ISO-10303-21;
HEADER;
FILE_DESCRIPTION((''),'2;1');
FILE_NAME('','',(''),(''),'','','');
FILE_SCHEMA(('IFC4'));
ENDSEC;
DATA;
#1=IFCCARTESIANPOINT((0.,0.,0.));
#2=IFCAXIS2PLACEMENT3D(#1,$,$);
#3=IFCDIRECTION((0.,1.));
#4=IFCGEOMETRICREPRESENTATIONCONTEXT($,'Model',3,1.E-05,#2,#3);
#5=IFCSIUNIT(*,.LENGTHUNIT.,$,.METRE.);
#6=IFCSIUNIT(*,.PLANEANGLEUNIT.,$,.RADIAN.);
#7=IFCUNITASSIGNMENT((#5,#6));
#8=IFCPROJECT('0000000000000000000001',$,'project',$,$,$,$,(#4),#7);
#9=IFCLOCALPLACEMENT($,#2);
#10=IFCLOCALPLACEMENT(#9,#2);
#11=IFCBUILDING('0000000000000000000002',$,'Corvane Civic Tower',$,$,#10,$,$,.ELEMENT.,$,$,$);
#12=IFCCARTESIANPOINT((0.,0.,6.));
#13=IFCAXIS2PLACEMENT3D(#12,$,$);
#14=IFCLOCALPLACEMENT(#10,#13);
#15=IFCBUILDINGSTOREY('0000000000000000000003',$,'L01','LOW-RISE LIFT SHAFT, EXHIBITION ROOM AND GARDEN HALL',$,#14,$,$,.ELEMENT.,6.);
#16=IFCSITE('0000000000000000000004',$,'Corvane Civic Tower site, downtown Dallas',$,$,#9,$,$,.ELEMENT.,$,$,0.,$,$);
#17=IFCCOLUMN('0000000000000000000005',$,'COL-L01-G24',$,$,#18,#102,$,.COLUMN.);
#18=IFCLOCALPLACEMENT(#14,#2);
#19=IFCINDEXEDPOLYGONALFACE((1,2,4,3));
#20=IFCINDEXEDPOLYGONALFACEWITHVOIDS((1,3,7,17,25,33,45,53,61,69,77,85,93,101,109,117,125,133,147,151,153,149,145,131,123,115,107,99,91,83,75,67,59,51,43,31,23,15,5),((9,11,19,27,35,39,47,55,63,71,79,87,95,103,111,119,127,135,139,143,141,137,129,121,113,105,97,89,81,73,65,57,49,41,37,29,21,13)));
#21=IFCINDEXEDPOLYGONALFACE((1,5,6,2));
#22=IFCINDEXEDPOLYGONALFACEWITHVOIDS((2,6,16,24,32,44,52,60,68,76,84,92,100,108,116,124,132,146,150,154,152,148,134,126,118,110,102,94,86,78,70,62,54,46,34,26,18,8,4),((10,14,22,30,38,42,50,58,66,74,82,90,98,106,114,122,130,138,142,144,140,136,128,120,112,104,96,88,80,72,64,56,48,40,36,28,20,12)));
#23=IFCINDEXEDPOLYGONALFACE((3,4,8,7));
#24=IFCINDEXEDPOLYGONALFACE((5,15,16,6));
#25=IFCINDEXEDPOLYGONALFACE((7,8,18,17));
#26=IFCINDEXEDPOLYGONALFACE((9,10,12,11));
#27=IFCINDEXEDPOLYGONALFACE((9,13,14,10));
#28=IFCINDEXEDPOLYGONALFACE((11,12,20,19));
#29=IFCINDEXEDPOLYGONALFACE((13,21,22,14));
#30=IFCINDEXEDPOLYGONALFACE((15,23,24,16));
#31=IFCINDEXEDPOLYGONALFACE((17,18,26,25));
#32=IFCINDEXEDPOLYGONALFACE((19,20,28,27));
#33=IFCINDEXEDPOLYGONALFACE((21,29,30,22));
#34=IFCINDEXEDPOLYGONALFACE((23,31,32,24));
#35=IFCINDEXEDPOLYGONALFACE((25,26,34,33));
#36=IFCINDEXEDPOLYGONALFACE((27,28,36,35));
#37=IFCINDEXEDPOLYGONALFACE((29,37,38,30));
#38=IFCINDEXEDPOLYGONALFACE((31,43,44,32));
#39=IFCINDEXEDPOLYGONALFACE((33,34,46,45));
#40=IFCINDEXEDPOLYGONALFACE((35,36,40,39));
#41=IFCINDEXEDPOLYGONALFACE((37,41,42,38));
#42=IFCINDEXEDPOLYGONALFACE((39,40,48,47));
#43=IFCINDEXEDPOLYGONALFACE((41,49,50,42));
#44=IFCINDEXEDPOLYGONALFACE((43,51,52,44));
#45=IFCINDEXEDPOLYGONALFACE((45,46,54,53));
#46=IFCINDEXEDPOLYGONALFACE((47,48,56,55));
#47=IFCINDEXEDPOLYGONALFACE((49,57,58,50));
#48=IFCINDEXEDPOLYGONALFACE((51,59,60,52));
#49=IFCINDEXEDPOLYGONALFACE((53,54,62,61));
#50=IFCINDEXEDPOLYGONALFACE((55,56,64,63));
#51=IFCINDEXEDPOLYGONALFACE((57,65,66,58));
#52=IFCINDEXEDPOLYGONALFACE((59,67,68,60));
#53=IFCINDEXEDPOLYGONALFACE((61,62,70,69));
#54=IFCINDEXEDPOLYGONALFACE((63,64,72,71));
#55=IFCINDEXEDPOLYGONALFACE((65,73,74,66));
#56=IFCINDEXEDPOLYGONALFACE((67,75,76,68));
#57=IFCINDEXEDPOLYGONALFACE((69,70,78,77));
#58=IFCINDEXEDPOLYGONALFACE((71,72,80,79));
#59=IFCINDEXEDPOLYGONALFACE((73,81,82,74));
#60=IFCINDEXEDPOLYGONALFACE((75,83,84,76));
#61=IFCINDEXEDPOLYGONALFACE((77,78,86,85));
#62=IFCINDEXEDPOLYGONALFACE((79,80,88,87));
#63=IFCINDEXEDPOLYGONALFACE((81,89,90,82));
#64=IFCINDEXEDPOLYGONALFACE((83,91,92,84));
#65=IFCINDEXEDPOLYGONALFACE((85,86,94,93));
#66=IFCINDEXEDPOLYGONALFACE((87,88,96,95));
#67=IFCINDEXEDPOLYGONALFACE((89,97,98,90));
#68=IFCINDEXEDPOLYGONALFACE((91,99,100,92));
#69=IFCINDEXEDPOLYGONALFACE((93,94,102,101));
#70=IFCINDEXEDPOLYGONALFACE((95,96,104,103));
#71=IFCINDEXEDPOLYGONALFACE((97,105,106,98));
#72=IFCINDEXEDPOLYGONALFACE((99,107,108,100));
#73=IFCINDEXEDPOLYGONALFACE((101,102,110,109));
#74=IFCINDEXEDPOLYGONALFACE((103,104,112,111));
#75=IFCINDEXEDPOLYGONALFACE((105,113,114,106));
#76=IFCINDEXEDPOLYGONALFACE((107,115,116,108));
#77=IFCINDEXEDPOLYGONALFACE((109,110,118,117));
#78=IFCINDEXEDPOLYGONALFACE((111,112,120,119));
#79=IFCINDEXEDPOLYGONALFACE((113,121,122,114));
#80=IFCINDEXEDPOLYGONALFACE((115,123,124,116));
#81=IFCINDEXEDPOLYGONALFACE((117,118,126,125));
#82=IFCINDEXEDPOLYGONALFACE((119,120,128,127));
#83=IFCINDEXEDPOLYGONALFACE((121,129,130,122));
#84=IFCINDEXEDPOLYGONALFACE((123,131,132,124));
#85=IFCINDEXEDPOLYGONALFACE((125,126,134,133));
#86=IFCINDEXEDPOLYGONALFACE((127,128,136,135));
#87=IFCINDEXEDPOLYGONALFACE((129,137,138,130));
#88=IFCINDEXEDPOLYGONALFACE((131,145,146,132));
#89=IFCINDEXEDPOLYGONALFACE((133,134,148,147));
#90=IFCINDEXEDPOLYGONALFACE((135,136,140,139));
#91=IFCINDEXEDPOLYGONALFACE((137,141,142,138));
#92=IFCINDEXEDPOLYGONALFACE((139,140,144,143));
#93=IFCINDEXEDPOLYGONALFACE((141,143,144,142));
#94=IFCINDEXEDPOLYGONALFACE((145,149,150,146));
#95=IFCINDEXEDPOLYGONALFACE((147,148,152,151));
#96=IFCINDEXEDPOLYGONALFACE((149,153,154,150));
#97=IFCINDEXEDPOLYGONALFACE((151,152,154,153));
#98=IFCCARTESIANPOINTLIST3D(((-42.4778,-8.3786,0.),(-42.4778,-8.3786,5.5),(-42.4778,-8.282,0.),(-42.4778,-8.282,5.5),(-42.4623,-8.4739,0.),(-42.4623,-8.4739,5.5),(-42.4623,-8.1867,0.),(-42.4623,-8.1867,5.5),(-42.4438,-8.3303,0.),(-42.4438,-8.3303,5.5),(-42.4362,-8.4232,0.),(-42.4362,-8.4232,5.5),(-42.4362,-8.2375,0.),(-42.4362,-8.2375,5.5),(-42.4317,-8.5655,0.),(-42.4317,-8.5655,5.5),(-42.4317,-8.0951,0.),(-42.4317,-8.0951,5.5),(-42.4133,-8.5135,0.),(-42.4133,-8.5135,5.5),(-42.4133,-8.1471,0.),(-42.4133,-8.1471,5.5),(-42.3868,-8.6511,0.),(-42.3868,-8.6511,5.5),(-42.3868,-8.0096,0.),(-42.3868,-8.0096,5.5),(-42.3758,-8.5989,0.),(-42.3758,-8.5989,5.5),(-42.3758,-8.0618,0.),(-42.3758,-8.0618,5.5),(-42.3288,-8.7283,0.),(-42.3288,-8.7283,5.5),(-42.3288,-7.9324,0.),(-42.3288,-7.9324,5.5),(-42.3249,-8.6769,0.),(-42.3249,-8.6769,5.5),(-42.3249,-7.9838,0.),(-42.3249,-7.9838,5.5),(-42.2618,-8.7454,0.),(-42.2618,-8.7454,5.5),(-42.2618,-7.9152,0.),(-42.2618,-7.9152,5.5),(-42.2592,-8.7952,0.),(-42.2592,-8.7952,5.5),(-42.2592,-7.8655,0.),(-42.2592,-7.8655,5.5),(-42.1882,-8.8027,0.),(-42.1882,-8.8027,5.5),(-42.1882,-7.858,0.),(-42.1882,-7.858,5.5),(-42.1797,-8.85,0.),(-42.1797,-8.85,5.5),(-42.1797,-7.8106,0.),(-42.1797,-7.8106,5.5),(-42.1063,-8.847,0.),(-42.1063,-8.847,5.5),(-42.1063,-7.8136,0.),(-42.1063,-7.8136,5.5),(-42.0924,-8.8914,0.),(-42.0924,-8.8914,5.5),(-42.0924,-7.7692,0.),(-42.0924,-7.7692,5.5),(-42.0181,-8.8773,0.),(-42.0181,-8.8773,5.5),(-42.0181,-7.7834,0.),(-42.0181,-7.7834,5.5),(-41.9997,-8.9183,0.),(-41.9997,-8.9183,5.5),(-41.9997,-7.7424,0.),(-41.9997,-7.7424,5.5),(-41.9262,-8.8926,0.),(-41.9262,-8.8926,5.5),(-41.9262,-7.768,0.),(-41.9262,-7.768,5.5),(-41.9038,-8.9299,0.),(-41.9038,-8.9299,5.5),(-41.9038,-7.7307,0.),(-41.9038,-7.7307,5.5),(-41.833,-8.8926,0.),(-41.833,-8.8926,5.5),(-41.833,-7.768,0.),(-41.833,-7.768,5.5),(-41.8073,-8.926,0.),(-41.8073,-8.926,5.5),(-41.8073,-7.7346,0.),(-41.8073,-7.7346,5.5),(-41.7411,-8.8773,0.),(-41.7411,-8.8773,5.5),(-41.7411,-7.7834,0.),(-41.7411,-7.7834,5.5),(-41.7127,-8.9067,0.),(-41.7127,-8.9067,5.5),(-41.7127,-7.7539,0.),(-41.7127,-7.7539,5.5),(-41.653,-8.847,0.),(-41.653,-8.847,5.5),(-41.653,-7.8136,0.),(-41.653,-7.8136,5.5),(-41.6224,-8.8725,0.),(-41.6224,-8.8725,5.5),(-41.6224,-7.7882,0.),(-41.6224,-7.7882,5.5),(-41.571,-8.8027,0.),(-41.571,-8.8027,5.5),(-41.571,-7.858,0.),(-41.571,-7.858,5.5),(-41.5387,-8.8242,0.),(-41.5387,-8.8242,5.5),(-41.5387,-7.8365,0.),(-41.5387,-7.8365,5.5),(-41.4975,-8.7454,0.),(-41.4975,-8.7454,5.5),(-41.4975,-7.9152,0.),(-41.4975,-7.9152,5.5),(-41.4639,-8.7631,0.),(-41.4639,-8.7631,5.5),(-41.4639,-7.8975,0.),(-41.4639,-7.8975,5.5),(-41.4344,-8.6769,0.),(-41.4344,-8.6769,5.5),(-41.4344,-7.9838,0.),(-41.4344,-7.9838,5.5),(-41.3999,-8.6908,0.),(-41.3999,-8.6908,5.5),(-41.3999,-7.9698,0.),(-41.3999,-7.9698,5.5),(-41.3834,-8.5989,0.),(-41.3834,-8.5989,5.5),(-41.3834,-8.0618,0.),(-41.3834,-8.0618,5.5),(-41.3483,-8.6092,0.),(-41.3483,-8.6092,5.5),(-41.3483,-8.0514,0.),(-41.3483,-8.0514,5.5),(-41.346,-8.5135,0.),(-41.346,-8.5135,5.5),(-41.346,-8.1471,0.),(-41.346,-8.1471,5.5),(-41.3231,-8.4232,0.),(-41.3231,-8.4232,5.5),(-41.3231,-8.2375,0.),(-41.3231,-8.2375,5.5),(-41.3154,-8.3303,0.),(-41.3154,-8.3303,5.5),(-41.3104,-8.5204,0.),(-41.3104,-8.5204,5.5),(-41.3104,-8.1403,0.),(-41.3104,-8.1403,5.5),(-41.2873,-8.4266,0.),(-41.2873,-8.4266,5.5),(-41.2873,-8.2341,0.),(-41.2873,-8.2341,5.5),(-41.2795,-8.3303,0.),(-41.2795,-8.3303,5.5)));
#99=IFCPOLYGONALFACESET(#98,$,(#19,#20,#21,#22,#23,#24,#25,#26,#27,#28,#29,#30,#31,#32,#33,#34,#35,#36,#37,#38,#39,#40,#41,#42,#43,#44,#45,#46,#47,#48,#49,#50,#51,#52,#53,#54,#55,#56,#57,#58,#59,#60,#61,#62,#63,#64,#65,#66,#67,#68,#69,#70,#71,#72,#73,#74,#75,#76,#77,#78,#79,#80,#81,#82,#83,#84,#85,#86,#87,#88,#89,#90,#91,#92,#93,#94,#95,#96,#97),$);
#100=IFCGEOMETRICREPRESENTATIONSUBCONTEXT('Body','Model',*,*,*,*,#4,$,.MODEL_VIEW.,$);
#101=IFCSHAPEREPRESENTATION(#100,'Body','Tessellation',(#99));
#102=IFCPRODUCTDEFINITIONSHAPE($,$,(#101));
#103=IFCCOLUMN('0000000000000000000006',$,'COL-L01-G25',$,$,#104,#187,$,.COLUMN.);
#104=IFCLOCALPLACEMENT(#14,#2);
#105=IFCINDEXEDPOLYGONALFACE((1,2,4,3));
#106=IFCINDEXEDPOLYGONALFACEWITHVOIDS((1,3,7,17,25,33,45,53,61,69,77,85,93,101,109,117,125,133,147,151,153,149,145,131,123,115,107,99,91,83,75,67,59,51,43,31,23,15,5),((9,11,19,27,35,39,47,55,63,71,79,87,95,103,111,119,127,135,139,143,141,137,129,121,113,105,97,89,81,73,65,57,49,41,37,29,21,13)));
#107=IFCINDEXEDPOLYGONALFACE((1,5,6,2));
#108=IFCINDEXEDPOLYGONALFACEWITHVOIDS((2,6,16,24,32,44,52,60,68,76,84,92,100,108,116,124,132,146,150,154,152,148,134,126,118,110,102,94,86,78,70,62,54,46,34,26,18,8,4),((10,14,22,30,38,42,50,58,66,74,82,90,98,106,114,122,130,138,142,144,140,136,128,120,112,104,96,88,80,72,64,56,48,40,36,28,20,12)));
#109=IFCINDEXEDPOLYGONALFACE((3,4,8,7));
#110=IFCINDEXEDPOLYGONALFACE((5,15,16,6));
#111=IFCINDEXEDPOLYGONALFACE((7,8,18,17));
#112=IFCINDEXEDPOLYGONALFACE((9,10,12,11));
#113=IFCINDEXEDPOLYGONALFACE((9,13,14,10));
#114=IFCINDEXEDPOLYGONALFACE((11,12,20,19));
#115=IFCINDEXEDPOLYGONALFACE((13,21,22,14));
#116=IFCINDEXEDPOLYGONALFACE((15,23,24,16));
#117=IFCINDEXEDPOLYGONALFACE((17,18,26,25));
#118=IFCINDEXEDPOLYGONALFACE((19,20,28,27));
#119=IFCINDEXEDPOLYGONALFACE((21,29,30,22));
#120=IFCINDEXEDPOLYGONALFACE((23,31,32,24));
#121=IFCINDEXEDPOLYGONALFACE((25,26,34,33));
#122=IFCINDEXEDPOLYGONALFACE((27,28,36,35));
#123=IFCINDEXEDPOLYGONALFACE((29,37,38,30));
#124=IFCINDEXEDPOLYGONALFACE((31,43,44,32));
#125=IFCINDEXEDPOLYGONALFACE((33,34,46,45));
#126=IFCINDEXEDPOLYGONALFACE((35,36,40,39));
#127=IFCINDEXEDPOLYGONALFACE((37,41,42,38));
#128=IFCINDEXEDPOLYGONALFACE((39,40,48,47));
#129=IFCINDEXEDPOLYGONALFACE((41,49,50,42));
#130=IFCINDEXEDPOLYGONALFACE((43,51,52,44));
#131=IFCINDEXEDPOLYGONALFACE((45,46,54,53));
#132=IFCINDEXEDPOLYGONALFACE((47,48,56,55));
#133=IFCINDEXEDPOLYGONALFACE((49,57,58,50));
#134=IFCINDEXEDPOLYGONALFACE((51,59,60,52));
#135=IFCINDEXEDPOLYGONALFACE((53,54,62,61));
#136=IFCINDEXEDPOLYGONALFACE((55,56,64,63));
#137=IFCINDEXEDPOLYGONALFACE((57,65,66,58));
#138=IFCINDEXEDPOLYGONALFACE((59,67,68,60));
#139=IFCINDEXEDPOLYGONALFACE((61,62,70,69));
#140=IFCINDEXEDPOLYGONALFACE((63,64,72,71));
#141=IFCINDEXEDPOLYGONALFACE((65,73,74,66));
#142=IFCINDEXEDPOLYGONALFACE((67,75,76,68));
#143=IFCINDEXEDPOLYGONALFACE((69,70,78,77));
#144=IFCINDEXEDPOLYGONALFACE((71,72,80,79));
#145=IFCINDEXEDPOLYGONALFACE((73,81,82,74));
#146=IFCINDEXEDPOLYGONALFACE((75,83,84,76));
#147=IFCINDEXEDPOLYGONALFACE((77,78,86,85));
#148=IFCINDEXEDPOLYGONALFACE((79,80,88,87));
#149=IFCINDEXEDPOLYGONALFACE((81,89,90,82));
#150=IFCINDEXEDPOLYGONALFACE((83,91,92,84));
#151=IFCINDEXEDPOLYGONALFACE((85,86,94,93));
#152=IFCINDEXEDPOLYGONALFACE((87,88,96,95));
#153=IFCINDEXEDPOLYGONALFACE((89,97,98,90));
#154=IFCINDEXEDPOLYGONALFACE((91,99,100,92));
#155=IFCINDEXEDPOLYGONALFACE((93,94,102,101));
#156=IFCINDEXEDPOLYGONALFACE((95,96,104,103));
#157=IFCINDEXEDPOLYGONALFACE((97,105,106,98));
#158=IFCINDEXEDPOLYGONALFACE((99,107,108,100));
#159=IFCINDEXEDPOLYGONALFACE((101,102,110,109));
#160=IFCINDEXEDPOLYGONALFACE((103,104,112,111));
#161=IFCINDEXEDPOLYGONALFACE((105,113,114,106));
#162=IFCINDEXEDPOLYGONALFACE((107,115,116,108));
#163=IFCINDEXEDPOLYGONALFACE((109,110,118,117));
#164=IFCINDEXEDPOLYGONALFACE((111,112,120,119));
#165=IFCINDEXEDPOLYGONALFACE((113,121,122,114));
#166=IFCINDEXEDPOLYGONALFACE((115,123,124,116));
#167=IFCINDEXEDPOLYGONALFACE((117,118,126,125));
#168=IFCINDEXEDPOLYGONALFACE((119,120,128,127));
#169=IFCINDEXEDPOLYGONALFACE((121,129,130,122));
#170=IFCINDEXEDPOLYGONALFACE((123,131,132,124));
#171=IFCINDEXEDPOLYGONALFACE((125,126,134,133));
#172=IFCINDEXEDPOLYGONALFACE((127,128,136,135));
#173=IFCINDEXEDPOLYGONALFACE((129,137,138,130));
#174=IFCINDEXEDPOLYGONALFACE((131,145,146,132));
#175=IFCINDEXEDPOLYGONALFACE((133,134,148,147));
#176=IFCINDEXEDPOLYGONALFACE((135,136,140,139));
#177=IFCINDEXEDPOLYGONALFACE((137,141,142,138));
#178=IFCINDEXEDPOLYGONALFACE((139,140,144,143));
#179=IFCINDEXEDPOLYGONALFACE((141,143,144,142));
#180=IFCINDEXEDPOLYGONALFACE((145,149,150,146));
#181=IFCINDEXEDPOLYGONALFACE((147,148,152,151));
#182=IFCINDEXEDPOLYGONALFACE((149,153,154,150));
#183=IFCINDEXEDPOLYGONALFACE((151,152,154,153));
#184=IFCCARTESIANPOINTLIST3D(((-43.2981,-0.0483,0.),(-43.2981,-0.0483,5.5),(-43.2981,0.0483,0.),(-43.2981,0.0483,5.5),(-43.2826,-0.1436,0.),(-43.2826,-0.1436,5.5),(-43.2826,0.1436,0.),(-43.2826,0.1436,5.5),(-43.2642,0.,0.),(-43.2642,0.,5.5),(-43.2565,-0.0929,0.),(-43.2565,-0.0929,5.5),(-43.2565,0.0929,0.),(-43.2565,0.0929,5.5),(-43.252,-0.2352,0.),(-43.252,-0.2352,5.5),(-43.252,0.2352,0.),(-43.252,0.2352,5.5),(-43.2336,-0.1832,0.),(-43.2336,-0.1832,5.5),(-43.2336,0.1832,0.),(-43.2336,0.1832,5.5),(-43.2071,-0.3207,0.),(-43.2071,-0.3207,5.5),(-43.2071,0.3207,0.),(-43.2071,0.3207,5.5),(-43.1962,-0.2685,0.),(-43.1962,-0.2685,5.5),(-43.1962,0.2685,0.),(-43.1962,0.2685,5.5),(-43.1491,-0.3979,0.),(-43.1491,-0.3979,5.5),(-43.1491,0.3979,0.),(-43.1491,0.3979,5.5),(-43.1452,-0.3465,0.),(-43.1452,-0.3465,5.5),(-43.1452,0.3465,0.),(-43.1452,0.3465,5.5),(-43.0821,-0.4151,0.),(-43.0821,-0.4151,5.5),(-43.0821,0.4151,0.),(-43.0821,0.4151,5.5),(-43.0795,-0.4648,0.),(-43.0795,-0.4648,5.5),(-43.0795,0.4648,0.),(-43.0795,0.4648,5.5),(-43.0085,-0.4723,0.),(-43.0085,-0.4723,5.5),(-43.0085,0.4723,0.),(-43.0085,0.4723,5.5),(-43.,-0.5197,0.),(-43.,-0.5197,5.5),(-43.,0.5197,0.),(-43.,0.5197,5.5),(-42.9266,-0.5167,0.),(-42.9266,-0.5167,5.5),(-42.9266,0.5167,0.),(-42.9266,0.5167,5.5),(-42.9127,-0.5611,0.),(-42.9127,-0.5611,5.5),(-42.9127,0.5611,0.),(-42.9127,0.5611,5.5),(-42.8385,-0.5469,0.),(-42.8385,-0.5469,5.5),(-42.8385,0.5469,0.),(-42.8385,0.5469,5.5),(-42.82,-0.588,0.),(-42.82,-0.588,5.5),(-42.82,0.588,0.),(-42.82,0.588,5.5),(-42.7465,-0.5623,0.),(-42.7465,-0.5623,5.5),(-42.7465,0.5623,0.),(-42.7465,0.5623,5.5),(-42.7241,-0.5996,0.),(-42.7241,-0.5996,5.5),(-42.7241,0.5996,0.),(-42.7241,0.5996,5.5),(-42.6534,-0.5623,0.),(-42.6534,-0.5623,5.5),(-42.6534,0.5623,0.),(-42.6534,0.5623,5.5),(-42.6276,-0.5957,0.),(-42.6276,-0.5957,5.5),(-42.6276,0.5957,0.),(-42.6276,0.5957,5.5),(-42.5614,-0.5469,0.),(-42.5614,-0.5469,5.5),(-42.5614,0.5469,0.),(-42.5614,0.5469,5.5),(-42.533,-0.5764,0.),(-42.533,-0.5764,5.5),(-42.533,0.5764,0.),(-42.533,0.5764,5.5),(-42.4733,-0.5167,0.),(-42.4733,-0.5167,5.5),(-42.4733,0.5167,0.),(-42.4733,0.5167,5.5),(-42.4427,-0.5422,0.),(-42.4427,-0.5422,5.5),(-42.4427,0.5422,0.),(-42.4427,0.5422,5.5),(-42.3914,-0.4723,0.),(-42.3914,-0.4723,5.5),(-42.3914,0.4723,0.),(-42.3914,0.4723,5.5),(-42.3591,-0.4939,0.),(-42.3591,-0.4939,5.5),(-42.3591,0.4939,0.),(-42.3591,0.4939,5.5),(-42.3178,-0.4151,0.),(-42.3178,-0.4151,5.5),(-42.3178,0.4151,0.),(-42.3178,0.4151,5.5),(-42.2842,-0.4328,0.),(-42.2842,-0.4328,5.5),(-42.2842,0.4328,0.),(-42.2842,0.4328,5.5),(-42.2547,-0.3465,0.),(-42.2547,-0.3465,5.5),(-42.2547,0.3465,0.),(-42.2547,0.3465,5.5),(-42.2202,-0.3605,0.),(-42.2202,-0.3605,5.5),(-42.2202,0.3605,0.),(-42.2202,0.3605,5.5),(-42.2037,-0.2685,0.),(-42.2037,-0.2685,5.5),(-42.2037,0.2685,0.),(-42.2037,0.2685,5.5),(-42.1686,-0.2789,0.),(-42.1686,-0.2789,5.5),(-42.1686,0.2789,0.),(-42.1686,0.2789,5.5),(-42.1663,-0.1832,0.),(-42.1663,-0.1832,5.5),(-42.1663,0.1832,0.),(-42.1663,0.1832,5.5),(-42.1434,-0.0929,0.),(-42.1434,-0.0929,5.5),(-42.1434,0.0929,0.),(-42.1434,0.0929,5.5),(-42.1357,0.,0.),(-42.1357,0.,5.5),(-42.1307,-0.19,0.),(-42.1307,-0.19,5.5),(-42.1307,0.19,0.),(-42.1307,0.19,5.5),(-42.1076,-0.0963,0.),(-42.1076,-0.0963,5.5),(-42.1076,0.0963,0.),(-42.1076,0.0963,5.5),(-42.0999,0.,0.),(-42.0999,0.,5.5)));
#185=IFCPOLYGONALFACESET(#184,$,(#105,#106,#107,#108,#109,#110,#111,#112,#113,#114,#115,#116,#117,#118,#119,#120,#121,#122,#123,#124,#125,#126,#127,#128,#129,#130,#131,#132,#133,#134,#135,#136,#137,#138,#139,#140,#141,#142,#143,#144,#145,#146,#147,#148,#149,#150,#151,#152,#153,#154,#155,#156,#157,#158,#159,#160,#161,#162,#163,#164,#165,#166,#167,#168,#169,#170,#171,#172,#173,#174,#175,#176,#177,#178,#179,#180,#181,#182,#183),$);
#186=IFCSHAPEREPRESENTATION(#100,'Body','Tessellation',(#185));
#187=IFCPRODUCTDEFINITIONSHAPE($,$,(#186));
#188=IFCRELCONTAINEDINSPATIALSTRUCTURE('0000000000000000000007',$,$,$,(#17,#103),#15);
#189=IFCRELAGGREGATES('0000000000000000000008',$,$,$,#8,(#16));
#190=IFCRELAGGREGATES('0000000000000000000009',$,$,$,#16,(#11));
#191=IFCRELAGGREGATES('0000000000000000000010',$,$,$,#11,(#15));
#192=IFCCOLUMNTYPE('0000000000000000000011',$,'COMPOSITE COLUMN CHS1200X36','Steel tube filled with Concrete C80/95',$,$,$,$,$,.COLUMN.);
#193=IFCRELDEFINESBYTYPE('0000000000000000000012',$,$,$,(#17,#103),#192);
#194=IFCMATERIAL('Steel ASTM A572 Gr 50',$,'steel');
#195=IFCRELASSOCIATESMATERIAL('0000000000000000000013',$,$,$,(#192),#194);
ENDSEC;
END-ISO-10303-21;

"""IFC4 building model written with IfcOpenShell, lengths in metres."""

from ifc_helpers import new_model, si_unit, direction, frame, origin, origin_2d, place, context, subcontext, project, spatial, hollow_circle, extrude, material, material_profile, profile_set, type_object, element, save


model = new_model("IFC4")

# Units and contexts
model_context = context("Model", 3, precision=1e-05, world=origin(), true_north=direction((0.0, 1.0)))
body_context = subcontext(model_context, "Body", "Model", "MODEL_VIEW")
ifc_project = project(units=[si_unit("LENGTHUNIT", "METRE"), si_unit("PLANEANGLEUNIT", "RADIAN")], contexts=[model_context])

# Site, building, storey
site_placement = place(None, origin())
site = spatial("IfcSite", under=ifc_project, at=site_placement, Name="Corvane Civic Tower site, downtown Dallas", CompositionType="ELEMENT", RefElevation=0.0)
building_placement = place(site_placement, origin())
building = spatial("IfcBuilding", under=site, at=building_placement, Name="Corvane Civic Tower", CompositionType="ELEMENT")
storey_placement = place(building_placement, frame((0.0, 0.0, 6.0)))
storey = spatial("IfcBuildingStorey", under=building, at=storey_placement, Name="L01", Description="LOW-RISE LIFT SHAFT, EXHIBITION ROOM AND GARDEN HALL", CompositionType="ELEMENT", Elevation=6.0)

# Columns
ifc_material_1 = material(Name="Steel ASTM A572 Gr 50", Category="steel")
ifc_material_profile_1 = material_profile(ifc_material_1, hollow_circle(Radius=0.6001, WallThickness=0.0359, at=origin_2d()), Name="CHS1200X36")
ifc_profile_set_1 = profile_set([ifc_material_profile_1], Name="Steel ASTM A572 Gr 50")
column_type_1 = type_object("IfcColumnType", Name="COMPOSITE COLUMN CHS1200X36", Description="Steel tube filled with Concrete C80/95", PredefinedType="COLUMN", material=ifc_profile_set_1)
for number, where, z_axis, x_axis, name in (
    (1, (-41.8796, -8.3303, 0.0), (0.0, 0.0, 1.0), (1.0, 0.0, 0.0), "COL-L01-G24"),
    (2, (-42.7, 0.0, 0.0), (0.0, 0.0, 1.0), (1.0, 0.0, 0.0), "COL-L01-G25"),
):
    element("IfcColumn", number, at=place(storey_placement, frame(where, z_axis=z_axis, x_axis=x_axis)), inside=storey, type_object=column_type_1, Name=name, PredefinedType="COLUMN", context=body_context, shape_type="SweptSolid", body=[
        extrude(hollow_circle(Radius=0.6001, WallThickness=0.0359, at=origin_2d()), origin(), (0.0, 0.0, 1.0), 5.5),
    ])

save(model, "model.ifc")
